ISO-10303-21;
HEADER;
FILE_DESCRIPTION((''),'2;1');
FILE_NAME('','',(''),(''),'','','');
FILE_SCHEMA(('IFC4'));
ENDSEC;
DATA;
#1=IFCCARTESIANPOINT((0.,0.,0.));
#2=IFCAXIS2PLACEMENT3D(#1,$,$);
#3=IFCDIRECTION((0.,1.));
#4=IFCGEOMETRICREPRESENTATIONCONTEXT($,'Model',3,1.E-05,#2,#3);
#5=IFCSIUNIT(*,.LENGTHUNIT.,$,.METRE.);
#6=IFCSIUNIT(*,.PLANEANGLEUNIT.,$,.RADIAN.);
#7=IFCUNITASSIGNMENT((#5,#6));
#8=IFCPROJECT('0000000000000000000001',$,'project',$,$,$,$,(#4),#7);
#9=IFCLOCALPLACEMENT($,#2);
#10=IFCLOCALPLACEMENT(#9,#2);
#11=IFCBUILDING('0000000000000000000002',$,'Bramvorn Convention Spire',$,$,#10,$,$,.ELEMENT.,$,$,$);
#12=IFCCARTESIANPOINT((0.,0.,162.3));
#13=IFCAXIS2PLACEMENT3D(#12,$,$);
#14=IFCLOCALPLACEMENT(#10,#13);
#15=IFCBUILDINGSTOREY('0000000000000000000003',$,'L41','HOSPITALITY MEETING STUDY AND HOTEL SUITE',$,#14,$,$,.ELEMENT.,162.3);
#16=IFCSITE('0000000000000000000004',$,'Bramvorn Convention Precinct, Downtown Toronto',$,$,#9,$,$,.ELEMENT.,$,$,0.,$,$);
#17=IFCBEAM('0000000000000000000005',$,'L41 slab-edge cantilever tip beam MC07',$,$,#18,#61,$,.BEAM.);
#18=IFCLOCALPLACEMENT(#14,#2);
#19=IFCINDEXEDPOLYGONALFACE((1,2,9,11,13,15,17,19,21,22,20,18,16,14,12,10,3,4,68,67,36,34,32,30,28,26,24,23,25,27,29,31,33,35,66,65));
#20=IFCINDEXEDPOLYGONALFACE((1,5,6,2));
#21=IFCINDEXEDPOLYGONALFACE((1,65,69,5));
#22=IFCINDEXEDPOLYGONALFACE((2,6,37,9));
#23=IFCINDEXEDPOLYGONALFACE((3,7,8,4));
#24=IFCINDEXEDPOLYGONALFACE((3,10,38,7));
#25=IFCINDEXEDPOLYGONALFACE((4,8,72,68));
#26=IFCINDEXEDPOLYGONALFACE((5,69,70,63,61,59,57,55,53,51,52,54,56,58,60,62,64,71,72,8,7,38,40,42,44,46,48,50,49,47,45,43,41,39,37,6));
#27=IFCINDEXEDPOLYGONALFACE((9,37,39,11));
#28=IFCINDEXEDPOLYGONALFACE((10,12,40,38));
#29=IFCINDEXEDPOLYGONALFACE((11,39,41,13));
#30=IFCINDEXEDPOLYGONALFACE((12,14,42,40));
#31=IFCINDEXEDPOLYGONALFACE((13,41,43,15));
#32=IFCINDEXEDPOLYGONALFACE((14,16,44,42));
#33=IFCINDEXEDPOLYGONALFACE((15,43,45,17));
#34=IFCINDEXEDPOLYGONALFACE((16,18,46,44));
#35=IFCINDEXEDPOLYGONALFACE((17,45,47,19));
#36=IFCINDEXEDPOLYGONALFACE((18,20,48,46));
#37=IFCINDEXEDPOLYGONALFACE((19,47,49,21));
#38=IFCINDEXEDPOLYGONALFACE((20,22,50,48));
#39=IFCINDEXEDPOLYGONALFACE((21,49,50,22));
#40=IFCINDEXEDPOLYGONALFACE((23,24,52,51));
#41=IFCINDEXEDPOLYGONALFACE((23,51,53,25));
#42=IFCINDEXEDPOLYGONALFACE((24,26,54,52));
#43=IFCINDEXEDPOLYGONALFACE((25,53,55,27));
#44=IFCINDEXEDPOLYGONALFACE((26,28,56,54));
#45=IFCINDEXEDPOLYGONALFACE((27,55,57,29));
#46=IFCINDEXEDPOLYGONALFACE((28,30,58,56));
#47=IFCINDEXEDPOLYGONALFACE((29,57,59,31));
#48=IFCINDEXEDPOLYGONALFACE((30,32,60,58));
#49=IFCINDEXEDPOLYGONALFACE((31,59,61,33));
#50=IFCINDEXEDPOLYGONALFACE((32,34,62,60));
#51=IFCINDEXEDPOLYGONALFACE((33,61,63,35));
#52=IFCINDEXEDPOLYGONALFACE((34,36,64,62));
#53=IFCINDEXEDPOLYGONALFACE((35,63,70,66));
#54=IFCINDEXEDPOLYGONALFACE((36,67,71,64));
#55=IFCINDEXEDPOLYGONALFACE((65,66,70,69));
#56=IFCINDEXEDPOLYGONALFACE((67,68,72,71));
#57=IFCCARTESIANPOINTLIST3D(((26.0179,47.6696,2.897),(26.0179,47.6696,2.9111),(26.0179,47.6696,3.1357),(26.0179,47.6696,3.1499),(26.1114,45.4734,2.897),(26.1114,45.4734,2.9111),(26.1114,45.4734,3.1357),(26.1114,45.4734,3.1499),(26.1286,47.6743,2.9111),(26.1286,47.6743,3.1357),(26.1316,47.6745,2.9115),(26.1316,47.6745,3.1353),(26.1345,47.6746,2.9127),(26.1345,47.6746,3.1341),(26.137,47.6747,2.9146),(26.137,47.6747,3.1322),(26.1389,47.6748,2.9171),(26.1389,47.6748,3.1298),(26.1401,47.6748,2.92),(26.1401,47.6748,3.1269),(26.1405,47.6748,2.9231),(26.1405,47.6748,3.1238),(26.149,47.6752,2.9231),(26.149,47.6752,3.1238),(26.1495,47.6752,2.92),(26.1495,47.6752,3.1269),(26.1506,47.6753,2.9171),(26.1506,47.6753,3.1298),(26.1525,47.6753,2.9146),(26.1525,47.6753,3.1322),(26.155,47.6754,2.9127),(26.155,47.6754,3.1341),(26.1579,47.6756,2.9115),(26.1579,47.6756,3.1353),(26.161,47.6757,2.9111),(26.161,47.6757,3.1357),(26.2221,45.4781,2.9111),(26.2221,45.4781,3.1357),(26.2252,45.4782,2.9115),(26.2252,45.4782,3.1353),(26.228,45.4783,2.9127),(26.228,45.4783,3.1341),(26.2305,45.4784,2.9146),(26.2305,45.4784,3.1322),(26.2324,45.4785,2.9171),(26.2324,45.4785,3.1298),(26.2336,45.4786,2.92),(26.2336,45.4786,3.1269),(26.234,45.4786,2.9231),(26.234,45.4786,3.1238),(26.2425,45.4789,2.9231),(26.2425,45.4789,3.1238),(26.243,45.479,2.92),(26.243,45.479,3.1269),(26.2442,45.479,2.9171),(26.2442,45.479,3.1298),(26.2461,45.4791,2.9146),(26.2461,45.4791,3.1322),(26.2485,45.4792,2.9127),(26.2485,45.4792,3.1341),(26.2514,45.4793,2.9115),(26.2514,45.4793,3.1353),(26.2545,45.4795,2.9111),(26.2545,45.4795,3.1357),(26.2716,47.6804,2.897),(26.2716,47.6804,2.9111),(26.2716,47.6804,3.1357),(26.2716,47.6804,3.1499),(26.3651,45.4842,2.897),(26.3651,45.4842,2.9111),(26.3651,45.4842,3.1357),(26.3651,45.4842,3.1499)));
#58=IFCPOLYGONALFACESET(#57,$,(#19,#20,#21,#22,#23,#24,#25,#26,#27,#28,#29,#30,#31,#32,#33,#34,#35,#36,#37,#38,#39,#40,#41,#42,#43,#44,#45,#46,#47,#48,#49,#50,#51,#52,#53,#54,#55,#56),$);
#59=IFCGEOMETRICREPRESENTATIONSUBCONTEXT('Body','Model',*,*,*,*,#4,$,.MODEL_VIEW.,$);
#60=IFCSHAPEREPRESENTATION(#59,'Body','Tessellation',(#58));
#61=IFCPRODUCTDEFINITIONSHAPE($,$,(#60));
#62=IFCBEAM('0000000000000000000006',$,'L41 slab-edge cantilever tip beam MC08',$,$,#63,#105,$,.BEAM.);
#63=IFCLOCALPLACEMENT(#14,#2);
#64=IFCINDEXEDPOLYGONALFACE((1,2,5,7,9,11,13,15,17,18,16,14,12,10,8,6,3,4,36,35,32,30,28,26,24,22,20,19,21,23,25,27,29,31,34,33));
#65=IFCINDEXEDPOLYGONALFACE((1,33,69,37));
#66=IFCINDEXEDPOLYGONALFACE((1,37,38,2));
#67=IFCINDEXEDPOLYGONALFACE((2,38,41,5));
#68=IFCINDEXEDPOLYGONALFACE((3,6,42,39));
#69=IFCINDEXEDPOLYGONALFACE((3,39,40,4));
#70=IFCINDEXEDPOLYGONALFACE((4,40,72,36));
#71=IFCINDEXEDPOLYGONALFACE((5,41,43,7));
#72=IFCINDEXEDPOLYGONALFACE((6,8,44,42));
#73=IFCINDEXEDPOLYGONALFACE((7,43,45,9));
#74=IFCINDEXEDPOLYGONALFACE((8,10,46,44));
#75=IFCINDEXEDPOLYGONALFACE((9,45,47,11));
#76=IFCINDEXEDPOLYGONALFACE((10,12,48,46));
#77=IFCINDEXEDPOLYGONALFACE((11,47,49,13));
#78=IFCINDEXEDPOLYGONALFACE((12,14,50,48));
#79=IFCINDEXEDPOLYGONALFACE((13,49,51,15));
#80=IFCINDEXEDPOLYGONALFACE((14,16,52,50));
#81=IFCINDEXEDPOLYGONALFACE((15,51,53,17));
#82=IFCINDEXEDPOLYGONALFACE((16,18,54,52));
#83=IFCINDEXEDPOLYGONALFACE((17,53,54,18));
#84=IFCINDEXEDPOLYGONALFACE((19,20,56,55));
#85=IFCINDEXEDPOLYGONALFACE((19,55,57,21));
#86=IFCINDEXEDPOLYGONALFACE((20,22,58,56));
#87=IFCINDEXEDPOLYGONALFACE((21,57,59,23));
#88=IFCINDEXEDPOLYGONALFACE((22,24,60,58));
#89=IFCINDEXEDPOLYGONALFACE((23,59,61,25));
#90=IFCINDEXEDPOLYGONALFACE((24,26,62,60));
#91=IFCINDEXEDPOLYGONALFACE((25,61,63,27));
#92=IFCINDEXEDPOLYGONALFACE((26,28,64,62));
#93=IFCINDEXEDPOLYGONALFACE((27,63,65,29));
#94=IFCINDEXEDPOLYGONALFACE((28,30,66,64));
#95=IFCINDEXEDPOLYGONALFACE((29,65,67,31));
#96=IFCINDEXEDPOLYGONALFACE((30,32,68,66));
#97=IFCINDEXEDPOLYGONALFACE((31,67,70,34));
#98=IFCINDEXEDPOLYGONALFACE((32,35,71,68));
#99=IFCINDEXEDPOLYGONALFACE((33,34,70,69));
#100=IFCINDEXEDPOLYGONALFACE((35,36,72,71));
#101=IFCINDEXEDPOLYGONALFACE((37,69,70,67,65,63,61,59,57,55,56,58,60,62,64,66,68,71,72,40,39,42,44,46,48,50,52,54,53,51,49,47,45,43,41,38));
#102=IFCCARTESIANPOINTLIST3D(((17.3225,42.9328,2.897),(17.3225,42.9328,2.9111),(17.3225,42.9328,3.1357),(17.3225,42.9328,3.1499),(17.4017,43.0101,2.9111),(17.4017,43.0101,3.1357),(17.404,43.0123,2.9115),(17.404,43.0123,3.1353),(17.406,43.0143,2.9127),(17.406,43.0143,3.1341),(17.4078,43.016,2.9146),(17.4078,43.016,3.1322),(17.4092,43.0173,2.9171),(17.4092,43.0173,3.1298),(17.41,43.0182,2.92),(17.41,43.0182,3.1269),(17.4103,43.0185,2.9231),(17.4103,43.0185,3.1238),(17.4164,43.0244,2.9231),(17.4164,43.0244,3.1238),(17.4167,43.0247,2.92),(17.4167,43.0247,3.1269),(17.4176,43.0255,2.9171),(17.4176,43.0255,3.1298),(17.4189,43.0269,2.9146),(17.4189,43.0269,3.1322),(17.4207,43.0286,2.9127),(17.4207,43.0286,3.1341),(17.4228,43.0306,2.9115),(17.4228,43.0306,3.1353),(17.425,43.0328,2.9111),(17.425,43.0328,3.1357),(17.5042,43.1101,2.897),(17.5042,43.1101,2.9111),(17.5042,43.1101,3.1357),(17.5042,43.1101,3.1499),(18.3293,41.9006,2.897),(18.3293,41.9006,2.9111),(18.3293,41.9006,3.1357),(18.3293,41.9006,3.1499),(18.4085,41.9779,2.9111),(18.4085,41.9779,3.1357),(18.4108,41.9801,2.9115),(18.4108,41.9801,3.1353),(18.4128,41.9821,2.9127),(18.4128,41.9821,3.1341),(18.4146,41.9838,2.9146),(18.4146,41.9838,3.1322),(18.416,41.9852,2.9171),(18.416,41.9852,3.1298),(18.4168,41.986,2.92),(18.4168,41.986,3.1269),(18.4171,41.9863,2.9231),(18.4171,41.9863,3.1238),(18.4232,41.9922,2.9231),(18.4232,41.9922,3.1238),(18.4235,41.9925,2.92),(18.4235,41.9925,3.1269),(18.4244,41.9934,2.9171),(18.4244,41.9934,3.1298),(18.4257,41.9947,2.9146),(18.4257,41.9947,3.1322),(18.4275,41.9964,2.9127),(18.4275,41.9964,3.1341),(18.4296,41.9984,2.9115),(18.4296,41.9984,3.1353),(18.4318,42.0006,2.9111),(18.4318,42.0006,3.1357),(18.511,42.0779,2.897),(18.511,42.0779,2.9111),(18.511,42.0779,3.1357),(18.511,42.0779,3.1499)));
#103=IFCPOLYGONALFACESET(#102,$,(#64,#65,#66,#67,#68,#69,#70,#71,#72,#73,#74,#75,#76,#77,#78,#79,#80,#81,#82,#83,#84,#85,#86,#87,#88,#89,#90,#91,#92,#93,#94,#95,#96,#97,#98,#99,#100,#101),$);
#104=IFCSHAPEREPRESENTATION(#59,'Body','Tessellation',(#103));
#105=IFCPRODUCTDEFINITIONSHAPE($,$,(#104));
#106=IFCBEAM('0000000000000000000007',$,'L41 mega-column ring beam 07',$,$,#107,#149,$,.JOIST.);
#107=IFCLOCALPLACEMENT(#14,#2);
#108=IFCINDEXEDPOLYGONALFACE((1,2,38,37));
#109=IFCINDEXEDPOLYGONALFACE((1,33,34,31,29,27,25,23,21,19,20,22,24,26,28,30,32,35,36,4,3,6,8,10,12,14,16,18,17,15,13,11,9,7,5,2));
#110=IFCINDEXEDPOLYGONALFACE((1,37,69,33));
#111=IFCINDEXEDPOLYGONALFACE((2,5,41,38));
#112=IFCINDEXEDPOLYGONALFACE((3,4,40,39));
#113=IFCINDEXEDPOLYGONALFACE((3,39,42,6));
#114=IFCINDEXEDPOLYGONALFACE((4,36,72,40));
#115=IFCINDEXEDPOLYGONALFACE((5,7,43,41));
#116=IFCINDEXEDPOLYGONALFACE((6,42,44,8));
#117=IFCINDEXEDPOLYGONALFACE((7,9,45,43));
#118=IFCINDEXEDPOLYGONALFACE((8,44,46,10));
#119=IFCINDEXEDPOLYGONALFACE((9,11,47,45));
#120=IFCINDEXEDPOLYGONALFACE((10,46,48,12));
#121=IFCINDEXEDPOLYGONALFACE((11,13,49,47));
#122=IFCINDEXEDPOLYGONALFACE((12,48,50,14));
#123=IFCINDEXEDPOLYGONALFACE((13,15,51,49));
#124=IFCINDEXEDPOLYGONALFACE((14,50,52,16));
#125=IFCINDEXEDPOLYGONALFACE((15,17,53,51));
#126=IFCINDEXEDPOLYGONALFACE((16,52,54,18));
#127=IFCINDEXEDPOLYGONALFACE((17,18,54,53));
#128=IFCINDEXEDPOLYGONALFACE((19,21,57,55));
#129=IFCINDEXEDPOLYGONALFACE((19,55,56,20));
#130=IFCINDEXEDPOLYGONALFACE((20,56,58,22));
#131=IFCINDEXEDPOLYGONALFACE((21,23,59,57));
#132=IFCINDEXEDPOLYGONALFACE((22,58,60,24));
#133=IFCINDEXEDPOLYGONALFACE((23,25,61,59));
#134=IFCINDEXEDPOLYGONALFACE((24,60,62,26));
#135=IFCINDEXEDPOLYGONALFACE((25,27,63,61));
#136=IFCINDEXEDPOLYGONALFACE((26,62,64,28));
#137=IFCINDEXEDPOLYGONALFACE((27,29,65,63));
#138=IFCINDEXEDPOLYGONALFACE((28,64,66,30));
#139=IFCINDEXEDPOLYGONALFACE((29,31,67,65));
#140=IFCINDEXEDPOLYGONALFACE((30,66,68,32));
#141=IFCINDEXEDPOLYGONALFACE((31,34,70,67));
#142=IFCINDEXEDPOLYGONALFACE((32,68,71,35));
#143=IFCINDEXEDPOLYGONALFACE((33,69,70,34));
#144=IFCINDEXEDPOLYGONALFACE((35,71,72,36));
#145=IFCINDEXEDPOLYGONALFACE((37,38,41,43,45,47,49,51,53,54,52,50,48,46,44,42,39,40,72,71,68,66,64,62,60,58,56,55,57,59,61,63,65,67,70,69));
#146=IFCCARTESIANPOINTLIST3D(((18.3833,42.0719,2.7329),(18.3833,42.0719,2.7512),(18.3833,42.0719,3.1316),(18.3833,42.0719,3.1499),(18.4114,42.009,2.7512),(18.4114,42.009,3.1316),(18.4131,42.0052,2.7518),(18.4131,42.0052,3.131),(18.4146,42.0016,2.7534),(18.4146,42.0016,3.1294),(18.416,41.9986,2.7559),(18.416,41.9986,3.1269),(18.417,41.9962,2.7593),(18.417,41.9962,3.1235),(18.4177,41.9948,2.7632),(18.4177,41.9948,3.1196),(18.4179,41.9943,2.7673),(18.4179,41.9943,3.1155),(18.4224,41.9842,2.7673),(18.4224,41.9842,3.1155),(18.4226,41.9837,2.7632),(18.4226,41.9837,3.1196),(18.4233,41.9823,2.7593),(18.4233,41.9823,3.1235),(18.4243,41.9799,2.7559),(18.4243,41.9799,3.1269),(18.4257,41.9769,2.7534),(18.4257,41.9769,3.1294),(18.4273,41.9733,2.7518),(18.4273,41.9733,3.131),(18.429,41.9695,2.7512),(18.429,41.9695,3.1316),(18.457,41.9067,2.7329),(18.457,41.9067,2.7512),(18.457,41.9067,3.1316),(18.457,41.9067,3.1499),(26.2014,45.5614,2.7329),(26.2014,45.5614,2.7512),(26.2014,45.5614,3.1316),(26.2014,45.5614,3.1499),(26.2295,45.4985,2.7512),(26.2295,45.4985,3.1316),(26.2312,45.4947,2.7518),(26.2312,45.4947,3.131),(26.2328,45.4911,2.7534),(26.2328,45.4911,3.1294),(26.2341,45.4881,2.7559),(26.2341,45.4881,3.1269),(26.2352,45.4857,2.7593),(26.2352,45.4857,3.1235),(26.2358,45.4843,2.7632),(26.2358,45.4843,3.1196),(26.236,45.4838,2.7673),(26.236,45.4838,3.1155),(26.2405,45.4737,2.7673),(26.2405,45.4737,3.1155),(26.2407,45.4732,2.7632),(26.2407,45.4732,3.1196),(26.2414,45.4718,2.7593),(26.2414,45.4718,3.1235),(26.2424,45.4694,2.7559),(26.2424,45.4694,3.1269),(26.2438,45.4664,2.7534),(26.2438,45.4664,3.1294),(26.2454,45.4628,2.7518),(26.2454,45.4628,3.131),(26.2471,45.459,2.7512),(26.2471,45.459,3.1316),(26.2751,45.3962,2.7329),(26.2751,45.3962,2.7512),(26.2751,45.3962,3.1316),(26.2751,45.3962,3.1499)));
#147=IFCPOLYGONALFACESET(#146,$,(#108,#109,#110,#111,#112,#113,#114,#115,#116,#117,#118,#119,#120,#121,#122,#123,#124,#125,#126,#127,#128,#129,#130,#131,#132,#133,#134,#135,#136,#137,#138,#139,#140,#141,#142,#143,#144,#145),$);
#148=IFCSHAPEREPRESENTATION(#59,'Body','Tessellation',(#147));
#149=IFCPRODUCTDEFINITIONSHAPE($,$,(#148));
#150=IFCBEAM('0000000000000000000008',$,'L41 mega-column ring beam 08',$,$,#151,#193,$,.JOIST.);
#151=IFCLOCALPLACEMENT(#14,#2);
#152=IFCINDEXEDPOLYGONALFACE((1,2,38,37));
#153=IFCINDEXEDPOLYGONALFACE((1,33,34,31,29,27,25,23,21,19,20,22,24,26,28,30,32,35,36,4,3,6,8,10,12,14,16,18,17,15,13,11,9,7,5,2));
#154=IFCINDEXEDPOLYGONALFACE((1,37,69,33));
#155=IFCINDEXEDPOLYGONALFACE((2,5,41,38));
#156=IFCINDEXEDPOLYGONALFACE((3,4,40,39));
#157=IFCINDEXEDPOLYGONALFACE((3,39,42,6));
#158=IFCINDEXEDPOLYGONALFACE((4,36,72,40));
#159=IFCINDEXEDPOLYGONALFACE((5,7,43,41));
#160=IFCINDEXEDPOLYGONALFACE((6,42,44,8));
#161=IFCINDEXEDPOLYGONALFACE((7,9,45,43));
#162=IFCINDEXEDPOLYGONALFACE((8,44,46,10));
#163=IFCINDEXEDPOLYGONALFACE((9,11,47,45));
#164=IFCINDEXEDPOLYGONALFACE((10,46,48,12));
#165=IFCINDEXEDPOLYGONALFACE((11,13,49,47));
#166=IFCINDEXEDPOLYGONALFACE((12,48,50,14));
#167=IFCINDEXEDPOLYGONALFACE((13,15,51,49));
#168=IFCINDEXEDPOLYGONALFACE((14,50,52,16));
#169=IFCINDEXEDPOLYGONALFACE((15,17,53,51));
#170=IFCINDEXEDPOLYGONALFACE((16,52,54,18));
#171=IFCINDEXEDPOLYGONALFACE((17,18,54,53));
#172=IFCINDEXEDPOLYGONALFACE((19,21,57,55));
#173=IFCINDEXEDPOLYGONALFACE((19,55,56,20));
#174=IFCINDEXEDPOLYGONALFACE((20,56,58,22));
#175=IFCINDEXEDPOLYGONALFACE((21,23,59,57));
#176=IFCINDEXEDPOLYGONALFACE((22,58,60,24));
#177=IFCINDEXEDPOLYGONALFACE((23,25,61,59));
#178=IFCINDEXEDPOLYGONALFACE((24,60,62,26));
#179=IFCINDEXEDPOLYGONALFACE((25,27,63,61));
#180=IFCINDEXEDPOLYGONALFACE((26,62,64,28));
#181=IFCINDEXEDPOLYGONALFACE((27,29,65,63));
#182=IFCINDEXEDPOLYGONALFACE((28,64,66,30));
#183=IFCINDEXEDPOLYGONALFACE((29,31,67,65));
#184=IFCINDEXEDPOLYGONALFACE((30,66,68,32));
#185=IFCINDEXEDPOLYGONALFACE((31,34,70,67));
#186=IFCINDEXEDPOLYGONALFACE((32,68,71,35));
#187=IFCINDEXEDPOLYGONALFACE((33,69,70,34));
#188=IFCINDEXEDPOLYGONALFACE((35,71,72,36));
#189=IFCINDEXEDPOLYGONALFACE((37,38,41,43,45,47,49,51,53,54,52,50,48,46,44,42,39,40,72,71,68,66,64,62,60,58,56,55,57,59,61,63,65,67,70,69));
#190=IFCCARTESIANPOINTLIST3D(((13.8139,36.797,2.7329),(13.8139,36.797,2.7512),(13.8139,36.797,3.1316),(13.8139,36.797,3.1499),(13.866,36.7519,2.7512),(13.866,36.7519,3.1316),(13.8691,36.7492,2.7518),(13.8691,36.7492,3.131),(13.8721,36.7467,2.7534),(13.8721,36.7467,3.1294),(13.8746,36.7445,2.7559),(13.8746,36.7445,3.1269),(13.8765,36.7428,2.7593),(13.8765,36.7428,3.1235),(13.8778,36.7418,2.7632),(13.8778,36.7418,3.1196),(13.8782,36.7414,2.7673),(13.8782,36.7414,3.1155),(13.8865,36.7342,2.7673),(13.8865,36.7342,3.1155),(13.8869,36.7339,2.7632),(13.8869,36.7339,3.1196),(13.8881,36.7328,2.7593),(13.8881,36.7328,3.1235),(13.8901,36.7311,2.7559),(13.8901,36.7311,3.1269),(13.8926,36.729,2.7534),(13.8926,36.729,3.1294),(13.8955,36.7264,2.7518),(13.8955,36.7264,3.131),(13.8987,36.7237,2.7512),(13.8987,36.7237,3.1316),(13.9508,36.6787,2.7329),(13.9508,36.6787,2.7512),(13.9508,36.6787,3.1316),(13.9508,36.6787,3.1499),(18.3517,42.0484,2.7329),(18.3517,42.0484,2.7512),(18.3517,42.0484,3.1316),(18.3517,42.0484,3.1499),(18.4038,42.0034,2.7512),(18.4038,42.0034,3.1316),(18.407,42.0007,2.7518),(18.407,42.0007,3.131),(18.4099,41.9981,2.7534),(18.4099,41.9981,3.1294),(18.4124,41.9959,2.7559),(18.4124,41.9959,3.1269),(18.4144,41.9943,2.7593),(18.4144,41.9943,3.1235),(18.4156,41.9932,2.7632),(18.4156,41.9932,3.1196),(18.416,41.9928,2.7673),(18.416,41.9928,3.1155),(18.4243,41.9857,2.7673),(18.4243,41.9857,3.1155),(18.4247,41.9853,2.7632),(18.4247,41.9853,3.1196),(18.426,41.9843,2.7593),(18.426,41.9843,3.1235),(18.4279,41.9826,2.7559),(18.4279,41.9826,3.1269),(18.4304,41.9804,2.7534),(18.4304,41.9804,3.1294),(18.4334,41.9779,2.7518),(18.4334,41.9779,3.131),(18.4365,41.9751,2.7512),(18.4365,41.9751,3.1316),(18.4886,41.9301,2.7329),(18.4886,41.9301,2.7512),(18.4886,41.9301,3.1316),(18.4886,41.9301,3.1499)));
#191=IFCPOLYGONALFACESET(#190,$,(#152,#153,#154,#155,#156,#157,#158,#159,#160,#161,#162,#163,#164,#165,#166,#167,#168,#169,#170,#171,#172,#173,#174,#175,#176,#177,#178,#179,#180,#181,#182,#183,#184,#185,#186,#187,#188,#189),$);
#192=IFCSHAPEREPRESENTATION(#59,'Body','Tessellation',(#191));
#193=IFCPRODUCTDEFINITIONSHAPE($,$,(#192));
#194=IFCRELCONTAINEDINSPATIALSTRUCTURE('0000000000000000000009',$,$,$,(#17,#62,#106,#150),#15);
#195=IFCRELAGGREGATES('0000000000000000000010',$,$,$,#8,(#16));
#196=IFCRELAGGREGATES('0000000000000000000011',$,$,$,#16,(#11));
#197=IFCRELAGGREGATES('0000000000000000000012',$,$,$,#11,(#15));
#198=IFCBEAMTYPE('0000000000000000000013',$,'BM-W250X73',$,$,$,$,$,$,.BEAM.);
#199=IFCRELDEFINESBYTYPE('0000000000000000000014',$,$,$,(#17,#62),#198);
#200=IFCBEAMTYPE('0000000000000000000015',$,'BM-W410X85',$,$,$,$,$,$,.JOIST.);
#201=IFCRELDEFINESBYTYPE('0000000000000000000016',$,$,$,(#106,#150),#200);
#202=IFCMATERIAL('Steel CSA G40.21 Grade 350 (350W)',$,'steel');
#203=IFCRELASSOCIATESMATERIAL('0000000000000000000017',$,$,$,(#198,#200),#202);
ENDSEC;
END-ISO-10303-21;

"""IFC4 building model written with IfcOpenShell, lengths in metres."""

from ifc_helpers import new_model, si_unit, direction, frame, origin, origin_2d, place, context, subcontext, project, spatial, i_section, extrude, material, material_profile, profile_set, type_object, element, save


model = new_model("IFC4")

# Units and contexts
model_context = context("Model", 3, precision=1e-05, world=origin(), true_north=direction((0.0, 1.0)))
body_context = subcontext(model_context, "Body", "Model", "MODEL_VIEW")
ifc_project = project(units=[si_unit("LENGTHUNIT", "METRE"), si_unit("PLANEANGLEUNIT", "RADIAN")], contexts=[model_context])

# Site, building, storey
site_placement = place(None, origin())
site = spatial("IfcSite", under=ifc_project, at=site_placement, Name="Bramvorn Convention Precinct, Downtown Toronto", CompositionType="ELEMENT", RefElevation=0.0)
building_placement = place(site_placement, origin())
building = spatial("IfcBuilding", under=site, at=building_placement, Name="Bramvorn Convention Spire", CompositionType="ELEMENT")
storey_placement = place(building_placement, frame((0.0, 0.0, 162.3)))
storey = spatial("IfcBuildingStorey", under=building, at=storey_placement, Name="L41", Description="HOSPITALITY MEETING STUDY AND HOTEL SUITE", CompositionType="ELEMENT", Elevation=162.3)

# Shared definitions
ifc_material_1 = material(Name="Steel CSA G40.21 Grade 350 (350W)", Category="steel")

# Beams
ifc_material_profile_1 = material_profile(ifc_material_1, i_section(OverallWidth=0.2539, OverallDepth=0.2529, WebThickness=0.0085, FlangeThickness=0.0142, FilletRadius=0.012, at=origin_2d()))
ifc_profile_set_1 = profile_set([ifc_material_profile_1], Name="Steel CSA G40.21 Grade 350 (350W) - W250X73")
beam_type_1 = type_object("IfcBeamType", Name="BM-W250X73", PredefinedType="BEAM", material=ifc_profile_set_1)
beam_1_placement = place(storey_placement, frame((26.2383, 45.4788, 3.0234), z_axis=(-0.042536, 0.999095, 0.0), x_axis=(-0.999095, -0.042536, 0.0)))
element("IfcBeam", 1, at=beam_1_placement, inside=storey, type_object=beam_type_1, Name="L41 slab-edge cantilever tip beam MC07", PredefinedType="BEAM", context=body_context, shape_type="SweptSolid", body=[
    extrude(i_section(OverallWidth=0.2539, OverallDepth=0.2529, WebThickness=0.0085, FlangeThickness=0.0142, FilletRadius=0.012, at=origin_2d()), origin(), (0.0, 0.0, 1.0), 2.1982),
])
beam_2_placement = place(storey_placement, frame((18.4202, 41.9893, 3.0234), z_axis=(-0.698248, 0.715856, 0.0), x_axis=(-0.715856, -0.698248, 0.0)))
element("IfcBeam", 2, at=beam_2_placement, inside=storey, type_object=beam_type_1, Name="L41 slab-edge cantilever tip beam MC08", PredefinedType="BEAM", context=body_context, shape_type="SweptSolid", body=[
    extrude(i_section(OverallWidth=0.2539, OverallDepth=0.2529, WebThickness=0.0085, FlangeThickness=0.0142, FilletRadius=0.012, at=origin_2d()), origin(), (0.0, 0.0, 1.0), 1.4419),
])
ifc_material_profile_2 = material_profile(ifc_material_1, i_section(OverallWidth=0.1809, OverallDepth=0.417, WebThickness=0.011, FlangeThickness=0.0183, FilletRadius=0.0161, at=origin_2d()))
ifc_profile_set_2 = profile_set([ifc_material_profile_2], Name="Steel CSA G40.21 Grade 350 (350W) - W410X85")
beam_type_2 = type_object("IfcBeamType", Name="BM-W410X85", PredefinedType="JOIST", material=ifc_profile_set_2)
beam_3_placement = place(storey_placement, frame((26.2383, 45.4788, 2.9414), z_axis=(-0.91317, -0.40758, 0.0), x_axis=(0.40758, -0.91317, 0.0)))
element("IfcBeam", 3, at=beam_3_placement, inside=storey, type_object=beam_type_2, Name="L41 mega-column ring beam 07", PredefinedType="JOIST", context=body_context, shape_type="SweptSolid", body=[
    extrude(i_section(OverallWidth=0.1809, OverallDepth=0.417, WebThickness=0.011, FlangeThickness=0.0183, FilletRadius=0.0161, at=origin_2d()), origin(), (0.0, 0.0, 1.0), 8.5615),
])
beam_4_placement = place(storey_placement, frame((18.4202, 41.9893, 2.9414), z_axis=(-0.653825, -0.756646, 0.0), x_axis=(0.756646, -0.653825, 0.0)))
element("IfcBeam", 4, at=beam_4_placement, inside=storey, type_object=beam_type_2, Name="L41 mega-column ring beam 08", PredefinedType="JOIST", context=body_context, shape_type="SweptSolid", body=[
    extrude(i_section(OverallWidth=0.1809, OverallDepth=0.417, WebThickness=0.011, FlangeThickness=0.0183, FilletRadius=0.0161, at=origin_2d()), origin(), (0.0, 0.0, 1.0), 6.9404),
])

save(model, "model.ifc")
